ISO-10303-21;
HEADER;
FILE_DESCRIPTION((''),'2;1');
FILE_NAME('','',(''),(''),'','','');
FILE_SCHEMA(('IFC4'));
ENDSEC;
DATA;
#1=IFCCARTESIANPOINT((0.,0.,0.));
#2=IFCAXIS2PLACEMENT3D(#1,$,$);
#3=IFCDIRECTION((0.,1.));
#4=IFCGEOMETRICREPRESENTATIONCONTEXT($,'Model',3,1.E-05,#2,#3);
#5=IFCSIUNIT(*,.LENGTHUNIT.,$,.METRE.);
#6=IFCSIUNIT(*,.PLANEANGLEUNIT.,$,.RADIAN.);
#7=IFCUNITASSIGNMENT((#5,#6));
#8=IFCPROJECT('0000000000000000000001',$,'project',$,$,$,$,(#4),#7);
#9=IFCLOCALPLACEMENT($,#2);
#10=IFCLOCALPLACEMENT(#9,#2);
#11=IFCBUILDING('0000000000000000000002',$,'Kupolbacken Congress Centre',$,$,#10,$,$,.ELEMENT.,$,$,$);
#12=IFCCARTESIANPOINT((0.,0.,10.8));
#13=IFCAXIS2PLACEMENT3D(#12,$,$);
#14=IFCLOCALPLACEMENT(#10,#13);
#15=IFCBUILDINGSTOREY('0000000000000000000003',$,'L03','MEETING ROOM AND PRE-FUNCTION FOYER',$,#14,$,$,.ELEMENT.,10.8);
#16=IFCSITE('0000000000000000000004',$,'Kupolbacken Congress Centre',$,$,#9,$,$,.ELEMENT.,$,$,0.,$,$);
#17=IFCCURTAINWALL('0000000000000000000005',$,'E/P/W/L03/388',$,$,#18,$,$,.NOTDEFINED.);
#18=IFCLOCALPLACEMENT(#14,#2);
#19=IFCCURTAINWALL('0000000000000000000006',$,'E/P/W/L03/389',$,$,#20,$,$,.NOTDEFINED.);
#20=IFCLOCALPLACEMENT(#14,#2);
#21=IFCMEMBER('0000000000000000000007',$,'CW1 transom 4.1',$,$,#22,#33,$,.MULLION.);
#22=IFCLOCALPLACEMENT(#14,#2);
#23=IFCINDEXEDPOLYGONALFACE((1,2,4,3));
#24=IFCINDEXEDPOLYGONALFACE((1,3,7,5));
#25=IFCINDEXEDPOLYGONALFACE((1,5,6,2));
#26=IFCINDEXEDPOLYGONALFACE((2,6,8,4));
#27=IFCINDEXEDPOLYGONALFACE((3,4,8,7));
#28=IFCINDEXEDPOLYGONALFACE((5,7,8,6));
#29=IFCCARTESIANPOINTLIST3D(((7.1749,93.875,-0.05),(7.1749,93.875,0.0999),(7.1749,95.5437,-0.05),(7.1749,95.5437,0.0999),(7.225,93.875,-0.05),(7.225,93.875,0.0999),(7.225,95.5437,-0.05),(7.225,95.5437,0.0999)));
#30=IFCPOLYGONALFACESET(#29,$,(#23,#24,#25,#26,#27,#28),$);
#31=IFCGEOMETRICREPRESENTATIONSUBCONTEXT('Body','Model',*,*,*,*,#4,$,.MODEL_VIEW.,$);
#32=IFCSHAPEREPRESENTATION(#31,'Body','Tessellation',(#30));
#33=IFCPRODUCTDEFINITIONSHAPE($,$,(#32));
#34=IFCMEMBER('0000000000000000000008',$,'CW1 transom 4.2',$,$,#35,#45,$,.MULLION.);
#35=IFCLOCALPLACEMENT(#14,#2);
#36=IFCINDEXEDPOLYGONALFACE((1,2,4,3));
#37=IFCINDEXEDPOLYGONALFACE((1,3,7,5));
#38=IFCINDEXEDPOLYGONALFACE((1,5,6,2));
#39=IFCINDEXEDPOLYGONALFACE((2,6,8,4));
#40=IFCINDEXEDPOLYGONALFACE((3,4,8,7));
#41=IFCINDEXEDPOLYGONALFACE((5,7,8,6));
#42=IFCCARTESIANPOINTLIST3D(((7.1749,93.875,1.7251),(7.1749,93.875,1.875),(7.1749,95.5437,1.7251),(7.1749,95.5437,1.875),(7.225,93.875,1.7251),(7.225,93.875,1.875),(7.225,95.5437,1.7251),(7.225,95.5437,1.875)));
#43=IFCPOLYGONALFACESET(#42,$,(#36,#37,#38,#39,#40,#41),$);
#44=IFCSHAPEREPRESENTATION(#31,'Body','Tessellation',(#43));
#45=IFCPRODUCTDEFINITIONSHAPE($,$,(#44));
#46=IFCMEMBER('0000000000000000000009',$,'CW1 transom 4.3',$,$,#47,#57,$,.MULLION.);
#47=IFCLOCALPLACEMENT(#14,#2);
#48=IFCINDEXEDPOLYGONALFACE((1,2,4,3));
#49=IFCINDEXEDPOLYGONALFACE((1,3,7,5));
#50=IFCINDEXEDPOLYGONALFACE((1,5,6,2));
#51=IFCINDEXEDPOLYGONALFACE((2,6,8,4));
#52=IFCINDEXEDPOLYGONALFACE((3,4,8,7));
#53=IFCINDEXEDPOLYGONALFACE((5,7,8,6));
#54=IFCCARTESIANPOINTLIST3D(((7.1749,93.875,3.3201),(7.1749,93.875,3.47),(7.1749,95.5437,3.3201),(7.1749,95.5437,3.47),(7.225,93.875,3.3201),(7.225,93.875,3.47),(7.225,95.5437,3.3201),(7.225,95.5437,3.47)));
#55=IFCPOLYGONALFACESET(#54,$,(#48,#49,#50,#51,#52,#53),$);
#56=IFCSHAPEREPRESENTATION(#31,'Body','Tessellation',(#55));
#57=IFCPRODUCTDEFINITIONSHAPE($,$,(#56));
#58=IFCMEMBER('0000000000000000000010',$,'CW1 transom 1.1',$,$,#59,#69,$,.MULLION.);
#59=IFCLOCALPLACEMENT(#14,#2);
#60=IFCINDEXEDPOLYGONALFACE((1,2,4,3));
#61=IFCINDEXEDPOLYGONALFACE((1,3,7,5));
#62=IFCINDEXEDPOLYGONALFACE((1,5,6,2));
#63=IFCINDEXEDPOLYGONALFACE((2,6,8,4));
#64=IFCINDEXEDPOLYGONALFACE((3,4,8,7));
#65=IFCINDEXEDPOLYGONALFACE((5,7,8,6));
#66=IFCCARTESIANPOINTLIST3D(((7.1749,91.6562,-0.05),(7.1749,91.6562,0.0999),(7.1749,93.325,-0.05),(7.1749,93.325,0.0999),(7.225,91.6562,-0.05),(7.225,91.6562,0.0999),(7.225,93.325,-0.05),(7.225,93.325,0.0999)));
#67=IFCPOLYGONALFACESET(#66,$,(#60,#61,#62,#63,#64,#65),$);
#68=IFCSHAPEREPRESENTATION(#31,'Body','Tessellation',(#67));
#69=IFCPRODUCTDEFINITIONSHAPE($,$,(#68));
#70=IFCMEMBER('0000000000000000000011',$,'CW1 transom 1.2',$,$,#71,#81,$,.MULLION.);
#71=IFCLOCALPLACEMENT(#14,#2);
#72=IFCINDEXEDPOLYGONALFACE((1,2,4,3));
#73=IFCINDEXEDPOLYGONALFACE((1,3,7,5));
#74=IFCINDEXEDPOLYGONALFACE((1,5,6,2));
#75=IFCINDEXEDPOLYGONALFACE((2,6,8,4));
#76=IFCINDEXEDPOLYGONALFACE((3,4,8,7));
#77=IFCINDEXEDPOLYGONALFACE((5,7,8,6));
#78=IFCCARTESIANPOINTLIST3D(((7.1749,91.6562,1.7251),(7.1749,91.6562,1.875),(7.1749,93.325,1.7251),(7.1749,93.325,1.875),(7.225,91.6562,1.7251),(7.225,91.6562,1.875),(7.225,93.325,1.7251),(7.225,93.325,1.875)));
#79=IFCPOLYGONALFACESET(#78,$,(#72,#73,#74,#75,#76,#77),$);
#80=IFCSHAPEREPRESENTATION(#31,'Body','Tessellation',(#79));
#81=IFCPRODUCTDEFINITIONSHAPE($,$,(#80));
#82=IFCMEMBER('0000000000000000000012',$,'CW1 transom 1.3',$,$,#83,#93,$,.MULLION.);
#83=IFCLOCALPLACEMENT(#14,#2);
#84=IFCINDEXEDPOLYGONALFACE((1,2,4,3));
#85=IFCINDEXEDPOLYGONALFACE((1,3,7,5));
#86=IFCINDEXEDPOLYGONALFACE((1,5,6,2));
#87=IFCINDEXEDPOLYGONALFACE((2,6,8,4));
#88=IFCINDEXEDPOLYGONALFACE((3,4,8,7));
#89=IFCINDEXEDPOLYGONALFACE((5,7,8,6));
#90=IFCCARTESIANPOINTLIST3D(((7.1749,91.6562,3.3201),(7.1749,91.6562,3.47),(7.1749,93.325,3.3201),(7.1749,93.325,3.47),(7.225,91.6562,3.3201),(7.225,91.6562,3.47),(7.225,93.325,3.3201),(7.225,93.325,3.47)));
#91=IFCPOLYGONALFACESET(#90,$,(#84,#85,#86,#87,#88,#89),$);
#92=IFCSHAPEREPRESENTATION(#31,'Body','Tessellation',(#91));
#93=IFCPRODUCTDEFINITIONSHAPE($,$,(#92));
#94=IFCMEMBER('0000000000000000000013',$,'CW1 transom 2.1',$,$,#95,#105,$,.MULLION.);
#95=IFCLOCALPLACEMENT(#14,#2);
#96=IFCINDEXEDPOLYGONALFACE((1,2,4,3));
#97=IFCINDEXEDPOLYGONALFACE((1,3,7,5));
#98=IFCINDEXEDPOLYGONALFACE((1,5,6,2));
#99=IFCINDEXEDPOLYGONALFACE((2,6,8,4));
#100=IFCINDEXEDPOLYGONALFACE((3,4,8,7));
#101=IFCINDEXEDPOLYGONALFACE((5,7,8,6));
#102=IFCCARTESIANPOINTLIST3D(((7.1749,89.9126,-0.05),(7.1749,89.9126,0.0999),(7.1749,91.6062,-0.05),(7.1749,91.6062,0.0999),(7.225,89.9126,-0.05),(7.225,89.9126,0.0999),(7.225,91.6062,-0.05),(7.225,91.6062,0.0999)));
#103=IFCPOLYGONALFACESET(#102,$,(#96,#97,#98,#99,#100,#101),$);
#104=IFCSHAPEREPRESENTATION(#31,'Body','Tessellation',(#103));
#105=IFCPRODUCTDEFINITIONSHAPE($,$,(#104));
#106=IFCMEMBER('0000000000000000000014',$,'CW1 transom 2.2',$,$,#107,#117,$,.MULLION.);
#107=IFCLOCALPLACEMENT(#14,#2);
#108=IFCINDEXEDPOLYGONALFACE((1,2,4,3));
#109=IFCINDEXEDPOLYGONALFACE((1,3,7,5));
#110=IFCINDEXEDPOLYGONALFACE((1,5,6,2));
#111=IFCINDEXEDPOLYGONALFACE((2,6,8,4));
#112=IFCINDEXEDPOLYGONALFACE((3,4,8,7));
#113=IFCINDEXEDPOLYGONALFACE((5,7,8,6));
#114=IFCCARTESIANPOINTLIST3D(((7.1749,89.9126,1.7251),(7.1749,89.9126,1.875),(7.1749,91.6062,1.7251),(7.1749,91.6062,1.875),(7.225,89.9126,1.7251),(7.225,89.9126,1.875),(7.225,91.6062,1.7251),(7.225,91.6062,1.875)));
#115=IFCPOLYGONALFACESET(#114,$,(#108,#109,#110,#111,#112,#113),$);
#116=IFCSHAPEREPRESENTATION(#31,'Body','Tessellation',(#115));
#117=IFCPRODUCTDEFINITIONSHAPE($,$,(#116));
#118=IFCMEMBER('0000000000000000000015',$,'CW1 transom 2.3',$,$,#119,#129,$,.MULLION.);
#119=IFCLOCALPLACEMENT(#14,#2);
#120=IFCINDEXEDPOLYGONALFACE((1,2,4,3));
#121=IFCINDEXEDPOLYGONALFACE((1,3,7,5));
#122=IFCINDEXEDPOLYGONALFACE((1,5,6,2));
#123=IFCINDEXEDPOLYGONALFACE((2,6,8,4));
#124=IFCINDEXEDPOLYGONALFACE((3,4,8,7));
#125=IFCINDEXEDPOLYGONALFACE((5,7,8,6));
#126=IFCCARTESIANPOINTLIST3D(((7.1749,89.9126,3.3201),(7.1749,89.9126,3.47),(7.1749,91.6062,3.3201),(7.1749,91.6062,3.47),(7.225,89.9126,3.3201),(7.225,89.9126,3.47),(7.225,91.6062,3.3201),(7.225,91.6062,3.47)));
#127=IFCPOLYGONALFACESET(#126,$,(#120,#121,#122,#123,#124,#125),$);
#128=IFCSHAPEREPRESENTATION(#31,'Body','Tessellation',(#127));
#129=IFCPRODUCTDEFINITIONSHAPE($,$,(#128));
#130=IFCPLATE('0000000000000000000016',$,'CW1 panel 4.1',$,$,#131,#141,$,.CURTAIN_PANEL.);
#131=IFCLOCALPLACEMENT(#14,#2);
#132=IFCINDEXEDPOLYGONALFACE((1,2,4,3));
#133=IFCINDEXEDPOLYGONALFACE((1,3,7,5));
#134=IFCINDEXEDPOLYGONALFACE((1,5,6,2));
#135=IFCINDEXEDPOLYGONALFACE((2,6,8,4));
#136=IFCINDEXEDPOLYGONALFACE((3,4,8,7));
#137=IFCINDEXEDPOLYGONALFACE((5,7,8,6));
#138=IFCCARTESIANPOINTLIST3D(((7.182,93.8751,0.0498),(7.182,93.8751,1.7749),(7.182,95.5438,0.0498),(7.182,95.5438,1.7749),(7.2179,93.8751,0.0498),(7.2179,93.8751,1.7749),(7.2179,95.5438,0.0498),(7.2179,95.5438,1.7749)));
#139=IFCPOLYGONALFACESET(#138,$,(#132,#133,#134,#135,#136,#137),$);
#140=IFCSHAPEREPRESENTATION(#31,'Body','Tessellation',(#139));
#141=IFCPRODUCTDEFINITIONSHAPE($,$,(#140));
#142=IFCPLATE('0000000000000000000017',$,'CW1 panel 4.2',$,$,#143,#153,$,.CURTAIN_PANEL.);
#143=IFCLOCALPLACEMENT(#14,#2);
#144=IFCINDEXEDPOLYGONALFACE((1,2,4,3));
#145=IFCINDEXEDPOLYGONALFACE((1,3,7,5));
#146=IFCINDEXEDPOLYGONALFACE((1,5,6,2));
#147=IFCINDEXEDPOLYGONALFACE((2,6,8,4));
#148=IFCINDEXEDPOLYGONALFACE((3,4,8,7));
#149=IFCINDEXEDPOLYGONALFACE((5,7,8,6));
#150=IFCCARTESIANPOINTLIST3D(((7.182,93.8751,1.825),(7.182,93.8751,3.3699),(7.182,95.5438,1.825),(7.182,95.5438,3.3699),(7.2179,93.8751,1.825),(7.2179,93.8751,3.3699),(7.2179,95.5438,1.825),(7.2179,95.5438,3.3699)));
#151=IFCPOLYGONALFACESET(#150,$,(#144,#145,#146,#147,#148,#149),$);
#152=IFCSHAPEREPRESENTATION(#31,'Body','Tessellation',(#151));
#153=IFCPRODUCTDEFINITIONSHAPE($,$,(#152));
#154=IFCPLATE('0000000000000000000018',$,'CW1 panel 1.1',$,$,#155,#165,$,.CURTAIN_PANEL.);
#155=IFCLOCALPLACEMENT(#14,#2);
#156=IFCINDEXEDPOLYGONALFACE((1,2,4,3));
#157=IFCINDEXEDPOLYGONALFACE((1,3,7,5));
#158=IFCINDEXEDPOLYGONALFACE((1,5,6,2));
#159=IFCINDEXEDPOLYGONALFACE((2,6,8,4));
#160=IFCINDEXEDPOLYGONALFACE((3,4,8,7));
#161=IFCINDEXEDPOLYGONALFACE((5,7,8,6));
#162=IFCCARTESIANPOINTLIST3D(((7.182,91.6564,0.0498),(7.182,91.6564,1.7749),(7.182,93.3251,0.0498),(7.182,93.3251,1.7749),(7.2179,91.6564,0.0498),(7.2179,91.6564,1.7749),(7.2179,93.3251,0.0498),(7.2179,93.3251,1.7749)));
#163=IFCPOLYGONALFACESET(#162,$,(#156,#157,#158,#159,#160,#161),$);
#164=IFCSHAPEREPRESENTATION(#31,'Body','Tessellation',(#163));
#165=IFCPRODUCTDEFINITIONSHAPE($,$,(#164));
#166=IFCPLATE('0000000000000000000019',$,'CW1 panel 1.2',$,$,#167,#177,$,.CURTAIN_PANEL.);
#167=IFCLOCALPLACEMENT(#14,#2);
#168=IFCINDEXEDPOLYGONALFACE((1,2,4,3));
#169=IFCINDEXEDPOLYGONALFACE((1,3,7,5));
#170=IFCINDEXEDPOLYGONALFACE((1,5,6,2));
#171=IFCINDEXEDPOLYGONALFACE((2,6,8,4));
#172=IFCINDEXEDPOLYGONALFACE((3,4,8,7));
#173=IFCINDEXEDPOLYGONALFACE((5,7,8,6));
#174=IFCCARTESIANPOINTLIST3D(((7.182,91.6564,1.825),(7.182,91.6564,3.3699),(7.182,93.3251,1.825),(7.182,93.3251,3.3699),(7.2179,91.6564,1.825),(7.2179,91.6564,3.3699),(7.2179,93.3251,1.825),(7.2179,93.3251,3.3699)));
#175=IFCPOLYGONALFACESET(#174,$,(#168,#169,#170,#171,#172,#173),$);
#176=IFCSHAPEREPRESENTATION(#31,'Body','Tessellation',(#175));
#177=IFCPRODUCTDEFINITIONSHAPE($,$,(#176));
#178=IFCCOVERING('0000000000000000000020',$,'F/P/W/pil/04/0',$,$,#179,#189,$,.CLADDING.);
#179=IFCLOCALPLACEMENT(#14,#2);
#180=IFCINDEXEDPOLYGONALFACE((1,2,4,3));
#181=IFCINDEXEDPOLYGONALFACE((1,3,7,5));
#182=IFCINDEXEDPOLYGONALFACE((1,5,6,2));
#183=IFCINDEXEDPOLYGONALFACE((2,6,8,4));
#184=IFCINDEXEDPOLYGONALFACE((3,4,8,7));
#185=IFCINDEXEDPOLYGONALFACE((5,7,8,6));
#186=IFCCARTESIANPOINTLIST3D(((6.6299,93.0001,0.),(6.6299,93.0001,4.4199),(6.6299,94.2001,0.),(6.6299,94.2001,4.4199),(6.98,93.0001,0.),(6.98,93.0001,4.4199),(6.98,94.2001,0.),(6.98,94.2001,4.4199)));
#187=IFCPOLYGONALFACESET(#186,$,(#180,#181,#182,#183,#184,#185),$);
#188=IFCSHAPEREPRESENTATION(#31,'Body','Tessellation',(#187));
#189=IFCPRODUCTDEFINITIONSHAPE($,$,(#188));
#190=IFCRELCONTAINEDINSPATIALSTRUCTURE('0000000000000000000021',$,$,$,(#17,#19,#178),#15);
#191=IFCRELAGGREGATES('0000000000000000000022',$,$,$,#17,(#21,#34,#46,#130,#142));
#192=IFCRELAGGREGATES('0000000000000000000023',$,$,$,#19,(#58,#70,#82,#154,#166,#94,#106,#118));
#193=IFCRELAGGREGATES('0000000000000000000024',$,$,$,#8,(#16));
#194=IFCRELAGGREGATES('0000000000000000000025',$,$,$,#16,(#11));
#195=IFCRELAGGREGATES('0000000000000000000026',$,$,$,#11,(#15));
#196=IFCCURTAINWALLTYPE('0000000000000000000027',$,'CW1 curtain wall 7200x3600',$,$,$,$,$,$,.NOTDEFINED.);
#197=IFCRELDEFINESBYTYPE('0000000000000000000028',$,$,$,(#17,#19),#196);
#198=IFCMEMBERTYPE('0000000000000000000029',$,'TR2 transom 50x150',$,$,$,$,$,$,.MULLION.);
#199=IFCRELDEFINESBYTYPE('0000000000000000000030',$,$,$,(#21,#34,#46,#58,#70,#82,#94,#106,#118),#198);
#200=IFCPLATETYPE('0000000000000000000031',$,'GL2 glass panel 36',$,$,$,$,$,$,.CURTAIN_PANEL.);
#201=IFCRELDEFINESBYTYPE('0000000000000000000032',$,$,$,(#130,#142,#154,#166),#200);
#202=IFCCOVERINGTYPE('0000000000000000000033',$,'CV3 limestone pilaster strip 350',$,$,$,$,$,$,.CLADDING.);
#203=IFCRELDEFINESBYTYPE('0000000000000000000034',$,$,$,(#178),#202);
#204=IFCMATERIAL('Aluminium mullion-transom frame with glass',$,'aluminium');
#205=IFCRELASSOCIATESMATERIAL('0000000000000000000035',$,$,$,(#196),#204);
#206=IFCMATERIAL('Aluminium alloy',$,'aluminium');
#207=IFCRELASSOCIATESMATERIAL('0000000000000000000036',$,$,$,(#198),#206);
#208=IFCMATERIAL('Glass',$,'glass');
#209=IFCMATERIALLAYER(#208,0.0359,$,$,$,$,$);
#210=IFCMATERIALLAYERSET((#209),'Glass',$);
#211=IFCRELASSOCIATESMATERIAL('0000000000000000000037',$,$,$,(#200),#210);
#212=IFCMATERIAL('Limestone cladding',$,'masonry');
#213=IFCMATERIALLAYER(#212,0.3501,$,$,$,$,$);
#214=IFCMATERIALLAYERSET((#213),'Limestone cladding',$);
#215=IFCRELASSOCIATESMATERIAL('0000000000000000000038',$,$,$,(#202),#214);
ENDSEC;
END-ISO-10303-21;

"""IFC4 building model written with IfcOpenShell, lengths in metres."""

from ifc_helpers import new_model, si_unit, direction, frame, origin, origin_2d, place, context, subcontext, project, spatial, rectangle, extrude, material, layer, layer_set, material_profile, profile_set, type_object, element, aggregate, save


model = new_model("IFC4")

# Units and contexts
model_context = context("Model", 3, precision=1e-05, world=origin(), true_north=direction((0.0, 1.0)))
body_context = subcontext(model_context, "Body", "Model", "MODEL_VIEW")
ifc_project = project(units=[si_unit("LENGTHUNIT", "METRE"), si_unit("PLANEANGLEUNIT", "RADIAN")], contexts=[model_context])

# Site, building, storey
site_placement = place(None, origin())
site = spatial("IfcSite", under=ifc_project, at=site_placement, Name="Kupolbacken Congress Centre", CompositionType="ELEMENT", RefElevation=0.0)
building_placement = place(site_placement, origin())
building = spatial("IfcBuilding", under=site, at=building_placement, Name="Kupolbacken Congress Centre", CompositionType="ELEMENT")
storey_placement = place(building_placement, frame((0.0, 0.0, 10.8)))
storey = spatial("IfcBuildingStorey", under=building, at=storey_placement, Name="L03", Description="MEETING ROOM AND PRE-FUNCTION FOYER", CompositionType="ELEMENT", Elevation=10.8)

# Curtain wall
ifc_material_1 = material(Name="Aluminium mullion-transom frame with glass", Category="aluminium")
curtain_wall_type = type_object("IfcCurtainWallType", Name="CW1 curtain wall 7200x3600", PredefinedType="NOTDEFINED", material=ifc_material_1)
curtain_wall_1_placement = place(storey_placement, origin())
curtain_wall_1 = element("IfcCurtainWall", 1, at=curtain_wall_1_placement, inside=storey, type_object=curtain_wall_type, Name="E/P/W/L03/388", PredefinedType="NOTDEFINED")

# Curtain wall
curtain_wall_2_placement = place(storey_placement, origin())
curtain_wall_2 = element("IfcCurtainWall", 2, at=curtain_wall_2_placement, inside=storey, type_object=curtain_wall_type, Name="E/P/W/L03/389", PredefinedType="NOTDEFINED")

# Members
ifc_material_2 = material(Name="Aluminium alloy", Category="aluminium")
ifc_material_profile_1 = material_profile(ifc_material_2, rectangle(XDim=0.05, YDim=0.1499, at=origin_2d()), Name="50 x 150")
ifc_profile_set_1 = profile_set([ifc_material_profile_1], Name="Aluminium alloy")
member_type_1 = type_object("IfcMemberType", Name="TR2 transom 50x150", PredefinedType="MULLION", material=ifc_profile_set_1)
member_1_placement = place(storey_placement, frame((7.2, 95.5437, 0.0249), z_axis=(0.0, -1.0, 0.0), x_axis=(1.0, 0.0, 0.0)))
member_1 = element("IfcMember", 3, at=member_1_placement, type_object=member_type_1, Name="CW1 transom 4.1", PredefinedType="MULLION", context=body_context, shape_type="SweptSolid", body=[
    extrude(rectangle(XDim=0.05, YDim=0.1499, at=origin_2d()), origin(), (0.0, 0.0, 1.0), 1.6687),
])
member_2_placement = place(storey_placement, frame((7.2, 95.5437, 1.8), z_axis=(0.0, -1.0, 0.0), x_axis=(1.0, 0.0, 0.0)))
member_2 = element("IfcMember", 4, at=member_2_placement, type_object=member_type_1, Name="CW1 transom 4.2", PredefinedType="MULLION", context=body_context, shape_type="SweptSolid", body=[
    extrude(rectangle(XDim=0.05, YDim=0.1499, at=origin_2d()), origin(), (0.0, 0.0, 1.0), 1.6687),
])
member_3_placement = place(storey_placement, frame((7.2, 95.5437, 3.395), z_axis=(0.0, -1.0, 0.0), x_axis=(1.0, 0.0, 0.0)))
member_3 = element("IfcMember", 5, at=member_3_placement, type_object=member_type_1, Name="CW1 transom 4.3", PredefinedType="MULLION", context=body_context, shape_type="SweptSolid", body=[
    extrude(rectangle(XDim=0.05, YDim=0.1499, at=origin_2d()), origin(), (0.0, 0.0, 1.0), 1.6687),
])
member_4_placement = place(storey_placement, frame((7.2, 93.325, 0.0249), z_axis=(0.0, -1.0, 0.0), x_axis=(1.0, 0.0, 0.0)))
member_4 = element("IfcMember", 6, at=member_4_placement, type_object=member_type_1, Name="CW1 transom 1.1", PredefinedType="MULLION", context=body_context, shape_type="SweptSolid", body=[
    extrude(rectangle(XDim=0.05, YDim=0.1499, at=origin_2d()), origin(), (0.0, 0.0, 1.0), 1.6687),
])
member_5_placement = place(storey_placement, frame((7.2, 93.325, 1.8), z_axis=(0.0, -1.0, 0.0), x_axis=(1.0, 0.0, 0.0)))
member_5 = element("IfcMember", 7, at=member_5_placement, type_object=member_type_1, Name="CW1 transom 1.2", PredefinedType="MULLION", context=body_context, shape_type="SweptSolid", body=[
    extrude(rectangle(XDim=0.05, YDim=0.1499, at=origin_2d()), origin(), (0.0, 0.0, 1.0), 1.6687),
])
member_6_placement = place(storey_placement, frame((7.2, 93.325, 3.395), z_axis=(0.0, -1.0, 0.0), x_axis=(1.0, 0.0, 0.0)))
member_6 = element("IfcMember", 8, at=member_6_placement, type_object=member_type_1, Name="CW1 transom 1.3", PredefinedType="MULLION", context=body_context, shape_type="SweptSolid", body=[
    extrude(rectangle(XDim=0.05, YDim=0.1499, at=origin_2d()), origin(), (0.0, 0.0, 1.0), 1.6687),
])
member_7_placement = place(storey_placement, frame((7.2, 91.6062, 0.0249), z_axis=(0.0, -1.0, 0.0), x_axis=(1.0, 0.0, 0.0)))
member_7 = element("IfcMember", 9, at=member_7_placement, type_object=member_type_1, Name="CW1 transom 2.1", PredefinedType="MULLION", context=body_context, shape_type="SweptSolid", body=[
    extrude(rectangle(XDim=0.05, YDim=0.1499, at=origin_2d()), origin(), (0.0, 0.0, 1.0), 1.6936),
])
member_8_placement = place(storey_placement, frame((7.2, 91.6062, 1.8), z_axis=(0.0, -1.0, 0.0), x_axis=(1.0, 0.0, 0.0)))
member_8 = element("IfcMember", 10, at=member_8_placement, type_object=member_type_1, Name="CW1 transom 2.2", PredefinedType="MULLION", context=body_context, shape_type="SweptSolid", body=[
    extrude(rectangle(XDim=0.05, YDim=0.1499, at=origin_2d()), origin(), (0.0, 0.0, 1.0), 1.6936),
])
member_9_placement = place(storey_placement, frame((7.2, 91.6062, 3.395), z_axis=(0.0, -1.0, 0.0), x_axis=(1.0, 0.0, 0.0)))
member_9 = element("IfcMember", 11, at=member_9_placement, type_object=member_type_1, Name="CW1 transom 2.3", PredefinedType="MULLION", context=body_context, shape_type="SweptSolid", body=[
    extrude(rectangle(XDim=0.05, YDim=0.1499, at=origin_2d()), origin(), (0.0, 0.0, 1.0), 1.6936),
])

# Plates
ifc_material_3 = material(Name="Glass", Category="glass")
ifc_layer_1 = layer(ifc_material_3, 0.0359)
ifc_layer_set_1 = layer_set([ifc_layer_1], Name="Glass")
plate_type = type_object("IfcPlateType", Name="GL2 glass panel 36", PredefinedType="CURTAIN_PANEL", material=ifc_layer_set_1)
plate_1_placement = place(storey_placement, frame((7.2, 94.7095, 0.0498), z_axis=(0.0, 0.0, 1.0), x_axis=(0.0, -1.0, 0.0)))
plate_1 = element("IfcPlate", 12, at=plate_1_placement, type_object=plate_type, Name="CW1 panel 4.1", PredefinedType="CURTAIN_PANEL", context=body_context, shape_type="SweptSolid", body=[
    extrude(rectangle(XDim=1.6687, YDim=0.0359, at=origin_2d()), origin(), (0.0, 0.0, 1.0), 1.7251),
])
plate_2_placement = place(storey_placement, frame((7.2, 94.7095, 1.825), z_axis=(0.0, 0.0, 1.0), x_axis=(0.0, -1.0, 0.0)))
plate_2 = element("IfcPlate", 13, at=plate_2_placement, type_object=plate_type, Name="CW1 panel 4.2", PredefinedType="CURTAIN_PANEL", context=body_context, shape_type="SweptSolid", body=[
    extrude(rectangle(XDim=1.6687, YDim=0.0359, at=origin_2d()), origin(), (0.0, 0.0, 1.0), 1.5449),
])
aggregate(curtain_wall_1, [member_1, member_2, member_3, plate_1, plate_2])
plate_3_placement = place(storey_placement, frame((7.2, 92.4907, 0.0498), z_axis=(0.0, 0.0, 1.0), x_axis=(0.0, -1.0, 0.0)))
plate_3 = element("IfcPlate", 14, at=plate_3_placement, type_object=plate_type, Name="CW1 panel 1.1", PredefinedType="CURTAIN_PANEL", context=body_context, shape_type="SweptSolid", body=[
    extrude(rectangle(XDim=1.6687, YDim=0.0359, at=origin_2d()), origin(), (0.0, 0.0, 1.0), 1.7251),
])
plate_4_placement = place(storey_placement, frame((7.2, 92.4907, 1.825), z_axis=(0.0, 0.0, 1.0), x_axis=(0.0, -1.0, 0.0)))
plate_4 = element("IfcPlate", 15, at=plate_4_placement, type_object=plate_type, Name="CW1 panel 1.2", PredefinedType="CURTAIN_PANEL", context=body_context, shape_type="SweptSolid", body=[
    extrude(rectangle(XDim=1.6687, YDim=0.0359, at=origin_2d()), origin(), (0.0, 0.0, 1.0), 1.5449),
])
aggregate(curtain_wall_2, [member_4, member_5, member_6, plate_3, plate_4, member_7, member_8, member_9])

# Covering
ifc_material_4 = material(Name="Limestone cladding", Category="masonry")
ifc_layer_2 = layer(ifc_material_4, 0.3501)
ifc_layer_set_2 = layer_set([ifc_layer_2], Name="Limestone cladding")
covering_type_1 = type_object("IfcCoveringType", Name="CV3 limestone pilaster strip 350", PredefinedType="CLADDING", material=ifc_layer_set_2)
covering_1_placement = place(storey_placement, frame((6.8049, 93.6001, 0.0), z_axis=(0.0, 0.0, 1.0), x_axis=(0.0, 1.0, 0.0)))
element("IfcCovering", 16, at=covering_1_placement, inside=storey, type_object=covering_type_1, Name="F/P/W/pil/04/0", PredefinedType="CLADDING", context=body_context, shape_type="SweptSolid", body=[
    extrude(rectangle(XDim=1.2, YDim=0.3501, at=origin_2d()), origin(), (0.0, 0.0, 1.0), 4.4199),
])

save(model, "model.ifc")
